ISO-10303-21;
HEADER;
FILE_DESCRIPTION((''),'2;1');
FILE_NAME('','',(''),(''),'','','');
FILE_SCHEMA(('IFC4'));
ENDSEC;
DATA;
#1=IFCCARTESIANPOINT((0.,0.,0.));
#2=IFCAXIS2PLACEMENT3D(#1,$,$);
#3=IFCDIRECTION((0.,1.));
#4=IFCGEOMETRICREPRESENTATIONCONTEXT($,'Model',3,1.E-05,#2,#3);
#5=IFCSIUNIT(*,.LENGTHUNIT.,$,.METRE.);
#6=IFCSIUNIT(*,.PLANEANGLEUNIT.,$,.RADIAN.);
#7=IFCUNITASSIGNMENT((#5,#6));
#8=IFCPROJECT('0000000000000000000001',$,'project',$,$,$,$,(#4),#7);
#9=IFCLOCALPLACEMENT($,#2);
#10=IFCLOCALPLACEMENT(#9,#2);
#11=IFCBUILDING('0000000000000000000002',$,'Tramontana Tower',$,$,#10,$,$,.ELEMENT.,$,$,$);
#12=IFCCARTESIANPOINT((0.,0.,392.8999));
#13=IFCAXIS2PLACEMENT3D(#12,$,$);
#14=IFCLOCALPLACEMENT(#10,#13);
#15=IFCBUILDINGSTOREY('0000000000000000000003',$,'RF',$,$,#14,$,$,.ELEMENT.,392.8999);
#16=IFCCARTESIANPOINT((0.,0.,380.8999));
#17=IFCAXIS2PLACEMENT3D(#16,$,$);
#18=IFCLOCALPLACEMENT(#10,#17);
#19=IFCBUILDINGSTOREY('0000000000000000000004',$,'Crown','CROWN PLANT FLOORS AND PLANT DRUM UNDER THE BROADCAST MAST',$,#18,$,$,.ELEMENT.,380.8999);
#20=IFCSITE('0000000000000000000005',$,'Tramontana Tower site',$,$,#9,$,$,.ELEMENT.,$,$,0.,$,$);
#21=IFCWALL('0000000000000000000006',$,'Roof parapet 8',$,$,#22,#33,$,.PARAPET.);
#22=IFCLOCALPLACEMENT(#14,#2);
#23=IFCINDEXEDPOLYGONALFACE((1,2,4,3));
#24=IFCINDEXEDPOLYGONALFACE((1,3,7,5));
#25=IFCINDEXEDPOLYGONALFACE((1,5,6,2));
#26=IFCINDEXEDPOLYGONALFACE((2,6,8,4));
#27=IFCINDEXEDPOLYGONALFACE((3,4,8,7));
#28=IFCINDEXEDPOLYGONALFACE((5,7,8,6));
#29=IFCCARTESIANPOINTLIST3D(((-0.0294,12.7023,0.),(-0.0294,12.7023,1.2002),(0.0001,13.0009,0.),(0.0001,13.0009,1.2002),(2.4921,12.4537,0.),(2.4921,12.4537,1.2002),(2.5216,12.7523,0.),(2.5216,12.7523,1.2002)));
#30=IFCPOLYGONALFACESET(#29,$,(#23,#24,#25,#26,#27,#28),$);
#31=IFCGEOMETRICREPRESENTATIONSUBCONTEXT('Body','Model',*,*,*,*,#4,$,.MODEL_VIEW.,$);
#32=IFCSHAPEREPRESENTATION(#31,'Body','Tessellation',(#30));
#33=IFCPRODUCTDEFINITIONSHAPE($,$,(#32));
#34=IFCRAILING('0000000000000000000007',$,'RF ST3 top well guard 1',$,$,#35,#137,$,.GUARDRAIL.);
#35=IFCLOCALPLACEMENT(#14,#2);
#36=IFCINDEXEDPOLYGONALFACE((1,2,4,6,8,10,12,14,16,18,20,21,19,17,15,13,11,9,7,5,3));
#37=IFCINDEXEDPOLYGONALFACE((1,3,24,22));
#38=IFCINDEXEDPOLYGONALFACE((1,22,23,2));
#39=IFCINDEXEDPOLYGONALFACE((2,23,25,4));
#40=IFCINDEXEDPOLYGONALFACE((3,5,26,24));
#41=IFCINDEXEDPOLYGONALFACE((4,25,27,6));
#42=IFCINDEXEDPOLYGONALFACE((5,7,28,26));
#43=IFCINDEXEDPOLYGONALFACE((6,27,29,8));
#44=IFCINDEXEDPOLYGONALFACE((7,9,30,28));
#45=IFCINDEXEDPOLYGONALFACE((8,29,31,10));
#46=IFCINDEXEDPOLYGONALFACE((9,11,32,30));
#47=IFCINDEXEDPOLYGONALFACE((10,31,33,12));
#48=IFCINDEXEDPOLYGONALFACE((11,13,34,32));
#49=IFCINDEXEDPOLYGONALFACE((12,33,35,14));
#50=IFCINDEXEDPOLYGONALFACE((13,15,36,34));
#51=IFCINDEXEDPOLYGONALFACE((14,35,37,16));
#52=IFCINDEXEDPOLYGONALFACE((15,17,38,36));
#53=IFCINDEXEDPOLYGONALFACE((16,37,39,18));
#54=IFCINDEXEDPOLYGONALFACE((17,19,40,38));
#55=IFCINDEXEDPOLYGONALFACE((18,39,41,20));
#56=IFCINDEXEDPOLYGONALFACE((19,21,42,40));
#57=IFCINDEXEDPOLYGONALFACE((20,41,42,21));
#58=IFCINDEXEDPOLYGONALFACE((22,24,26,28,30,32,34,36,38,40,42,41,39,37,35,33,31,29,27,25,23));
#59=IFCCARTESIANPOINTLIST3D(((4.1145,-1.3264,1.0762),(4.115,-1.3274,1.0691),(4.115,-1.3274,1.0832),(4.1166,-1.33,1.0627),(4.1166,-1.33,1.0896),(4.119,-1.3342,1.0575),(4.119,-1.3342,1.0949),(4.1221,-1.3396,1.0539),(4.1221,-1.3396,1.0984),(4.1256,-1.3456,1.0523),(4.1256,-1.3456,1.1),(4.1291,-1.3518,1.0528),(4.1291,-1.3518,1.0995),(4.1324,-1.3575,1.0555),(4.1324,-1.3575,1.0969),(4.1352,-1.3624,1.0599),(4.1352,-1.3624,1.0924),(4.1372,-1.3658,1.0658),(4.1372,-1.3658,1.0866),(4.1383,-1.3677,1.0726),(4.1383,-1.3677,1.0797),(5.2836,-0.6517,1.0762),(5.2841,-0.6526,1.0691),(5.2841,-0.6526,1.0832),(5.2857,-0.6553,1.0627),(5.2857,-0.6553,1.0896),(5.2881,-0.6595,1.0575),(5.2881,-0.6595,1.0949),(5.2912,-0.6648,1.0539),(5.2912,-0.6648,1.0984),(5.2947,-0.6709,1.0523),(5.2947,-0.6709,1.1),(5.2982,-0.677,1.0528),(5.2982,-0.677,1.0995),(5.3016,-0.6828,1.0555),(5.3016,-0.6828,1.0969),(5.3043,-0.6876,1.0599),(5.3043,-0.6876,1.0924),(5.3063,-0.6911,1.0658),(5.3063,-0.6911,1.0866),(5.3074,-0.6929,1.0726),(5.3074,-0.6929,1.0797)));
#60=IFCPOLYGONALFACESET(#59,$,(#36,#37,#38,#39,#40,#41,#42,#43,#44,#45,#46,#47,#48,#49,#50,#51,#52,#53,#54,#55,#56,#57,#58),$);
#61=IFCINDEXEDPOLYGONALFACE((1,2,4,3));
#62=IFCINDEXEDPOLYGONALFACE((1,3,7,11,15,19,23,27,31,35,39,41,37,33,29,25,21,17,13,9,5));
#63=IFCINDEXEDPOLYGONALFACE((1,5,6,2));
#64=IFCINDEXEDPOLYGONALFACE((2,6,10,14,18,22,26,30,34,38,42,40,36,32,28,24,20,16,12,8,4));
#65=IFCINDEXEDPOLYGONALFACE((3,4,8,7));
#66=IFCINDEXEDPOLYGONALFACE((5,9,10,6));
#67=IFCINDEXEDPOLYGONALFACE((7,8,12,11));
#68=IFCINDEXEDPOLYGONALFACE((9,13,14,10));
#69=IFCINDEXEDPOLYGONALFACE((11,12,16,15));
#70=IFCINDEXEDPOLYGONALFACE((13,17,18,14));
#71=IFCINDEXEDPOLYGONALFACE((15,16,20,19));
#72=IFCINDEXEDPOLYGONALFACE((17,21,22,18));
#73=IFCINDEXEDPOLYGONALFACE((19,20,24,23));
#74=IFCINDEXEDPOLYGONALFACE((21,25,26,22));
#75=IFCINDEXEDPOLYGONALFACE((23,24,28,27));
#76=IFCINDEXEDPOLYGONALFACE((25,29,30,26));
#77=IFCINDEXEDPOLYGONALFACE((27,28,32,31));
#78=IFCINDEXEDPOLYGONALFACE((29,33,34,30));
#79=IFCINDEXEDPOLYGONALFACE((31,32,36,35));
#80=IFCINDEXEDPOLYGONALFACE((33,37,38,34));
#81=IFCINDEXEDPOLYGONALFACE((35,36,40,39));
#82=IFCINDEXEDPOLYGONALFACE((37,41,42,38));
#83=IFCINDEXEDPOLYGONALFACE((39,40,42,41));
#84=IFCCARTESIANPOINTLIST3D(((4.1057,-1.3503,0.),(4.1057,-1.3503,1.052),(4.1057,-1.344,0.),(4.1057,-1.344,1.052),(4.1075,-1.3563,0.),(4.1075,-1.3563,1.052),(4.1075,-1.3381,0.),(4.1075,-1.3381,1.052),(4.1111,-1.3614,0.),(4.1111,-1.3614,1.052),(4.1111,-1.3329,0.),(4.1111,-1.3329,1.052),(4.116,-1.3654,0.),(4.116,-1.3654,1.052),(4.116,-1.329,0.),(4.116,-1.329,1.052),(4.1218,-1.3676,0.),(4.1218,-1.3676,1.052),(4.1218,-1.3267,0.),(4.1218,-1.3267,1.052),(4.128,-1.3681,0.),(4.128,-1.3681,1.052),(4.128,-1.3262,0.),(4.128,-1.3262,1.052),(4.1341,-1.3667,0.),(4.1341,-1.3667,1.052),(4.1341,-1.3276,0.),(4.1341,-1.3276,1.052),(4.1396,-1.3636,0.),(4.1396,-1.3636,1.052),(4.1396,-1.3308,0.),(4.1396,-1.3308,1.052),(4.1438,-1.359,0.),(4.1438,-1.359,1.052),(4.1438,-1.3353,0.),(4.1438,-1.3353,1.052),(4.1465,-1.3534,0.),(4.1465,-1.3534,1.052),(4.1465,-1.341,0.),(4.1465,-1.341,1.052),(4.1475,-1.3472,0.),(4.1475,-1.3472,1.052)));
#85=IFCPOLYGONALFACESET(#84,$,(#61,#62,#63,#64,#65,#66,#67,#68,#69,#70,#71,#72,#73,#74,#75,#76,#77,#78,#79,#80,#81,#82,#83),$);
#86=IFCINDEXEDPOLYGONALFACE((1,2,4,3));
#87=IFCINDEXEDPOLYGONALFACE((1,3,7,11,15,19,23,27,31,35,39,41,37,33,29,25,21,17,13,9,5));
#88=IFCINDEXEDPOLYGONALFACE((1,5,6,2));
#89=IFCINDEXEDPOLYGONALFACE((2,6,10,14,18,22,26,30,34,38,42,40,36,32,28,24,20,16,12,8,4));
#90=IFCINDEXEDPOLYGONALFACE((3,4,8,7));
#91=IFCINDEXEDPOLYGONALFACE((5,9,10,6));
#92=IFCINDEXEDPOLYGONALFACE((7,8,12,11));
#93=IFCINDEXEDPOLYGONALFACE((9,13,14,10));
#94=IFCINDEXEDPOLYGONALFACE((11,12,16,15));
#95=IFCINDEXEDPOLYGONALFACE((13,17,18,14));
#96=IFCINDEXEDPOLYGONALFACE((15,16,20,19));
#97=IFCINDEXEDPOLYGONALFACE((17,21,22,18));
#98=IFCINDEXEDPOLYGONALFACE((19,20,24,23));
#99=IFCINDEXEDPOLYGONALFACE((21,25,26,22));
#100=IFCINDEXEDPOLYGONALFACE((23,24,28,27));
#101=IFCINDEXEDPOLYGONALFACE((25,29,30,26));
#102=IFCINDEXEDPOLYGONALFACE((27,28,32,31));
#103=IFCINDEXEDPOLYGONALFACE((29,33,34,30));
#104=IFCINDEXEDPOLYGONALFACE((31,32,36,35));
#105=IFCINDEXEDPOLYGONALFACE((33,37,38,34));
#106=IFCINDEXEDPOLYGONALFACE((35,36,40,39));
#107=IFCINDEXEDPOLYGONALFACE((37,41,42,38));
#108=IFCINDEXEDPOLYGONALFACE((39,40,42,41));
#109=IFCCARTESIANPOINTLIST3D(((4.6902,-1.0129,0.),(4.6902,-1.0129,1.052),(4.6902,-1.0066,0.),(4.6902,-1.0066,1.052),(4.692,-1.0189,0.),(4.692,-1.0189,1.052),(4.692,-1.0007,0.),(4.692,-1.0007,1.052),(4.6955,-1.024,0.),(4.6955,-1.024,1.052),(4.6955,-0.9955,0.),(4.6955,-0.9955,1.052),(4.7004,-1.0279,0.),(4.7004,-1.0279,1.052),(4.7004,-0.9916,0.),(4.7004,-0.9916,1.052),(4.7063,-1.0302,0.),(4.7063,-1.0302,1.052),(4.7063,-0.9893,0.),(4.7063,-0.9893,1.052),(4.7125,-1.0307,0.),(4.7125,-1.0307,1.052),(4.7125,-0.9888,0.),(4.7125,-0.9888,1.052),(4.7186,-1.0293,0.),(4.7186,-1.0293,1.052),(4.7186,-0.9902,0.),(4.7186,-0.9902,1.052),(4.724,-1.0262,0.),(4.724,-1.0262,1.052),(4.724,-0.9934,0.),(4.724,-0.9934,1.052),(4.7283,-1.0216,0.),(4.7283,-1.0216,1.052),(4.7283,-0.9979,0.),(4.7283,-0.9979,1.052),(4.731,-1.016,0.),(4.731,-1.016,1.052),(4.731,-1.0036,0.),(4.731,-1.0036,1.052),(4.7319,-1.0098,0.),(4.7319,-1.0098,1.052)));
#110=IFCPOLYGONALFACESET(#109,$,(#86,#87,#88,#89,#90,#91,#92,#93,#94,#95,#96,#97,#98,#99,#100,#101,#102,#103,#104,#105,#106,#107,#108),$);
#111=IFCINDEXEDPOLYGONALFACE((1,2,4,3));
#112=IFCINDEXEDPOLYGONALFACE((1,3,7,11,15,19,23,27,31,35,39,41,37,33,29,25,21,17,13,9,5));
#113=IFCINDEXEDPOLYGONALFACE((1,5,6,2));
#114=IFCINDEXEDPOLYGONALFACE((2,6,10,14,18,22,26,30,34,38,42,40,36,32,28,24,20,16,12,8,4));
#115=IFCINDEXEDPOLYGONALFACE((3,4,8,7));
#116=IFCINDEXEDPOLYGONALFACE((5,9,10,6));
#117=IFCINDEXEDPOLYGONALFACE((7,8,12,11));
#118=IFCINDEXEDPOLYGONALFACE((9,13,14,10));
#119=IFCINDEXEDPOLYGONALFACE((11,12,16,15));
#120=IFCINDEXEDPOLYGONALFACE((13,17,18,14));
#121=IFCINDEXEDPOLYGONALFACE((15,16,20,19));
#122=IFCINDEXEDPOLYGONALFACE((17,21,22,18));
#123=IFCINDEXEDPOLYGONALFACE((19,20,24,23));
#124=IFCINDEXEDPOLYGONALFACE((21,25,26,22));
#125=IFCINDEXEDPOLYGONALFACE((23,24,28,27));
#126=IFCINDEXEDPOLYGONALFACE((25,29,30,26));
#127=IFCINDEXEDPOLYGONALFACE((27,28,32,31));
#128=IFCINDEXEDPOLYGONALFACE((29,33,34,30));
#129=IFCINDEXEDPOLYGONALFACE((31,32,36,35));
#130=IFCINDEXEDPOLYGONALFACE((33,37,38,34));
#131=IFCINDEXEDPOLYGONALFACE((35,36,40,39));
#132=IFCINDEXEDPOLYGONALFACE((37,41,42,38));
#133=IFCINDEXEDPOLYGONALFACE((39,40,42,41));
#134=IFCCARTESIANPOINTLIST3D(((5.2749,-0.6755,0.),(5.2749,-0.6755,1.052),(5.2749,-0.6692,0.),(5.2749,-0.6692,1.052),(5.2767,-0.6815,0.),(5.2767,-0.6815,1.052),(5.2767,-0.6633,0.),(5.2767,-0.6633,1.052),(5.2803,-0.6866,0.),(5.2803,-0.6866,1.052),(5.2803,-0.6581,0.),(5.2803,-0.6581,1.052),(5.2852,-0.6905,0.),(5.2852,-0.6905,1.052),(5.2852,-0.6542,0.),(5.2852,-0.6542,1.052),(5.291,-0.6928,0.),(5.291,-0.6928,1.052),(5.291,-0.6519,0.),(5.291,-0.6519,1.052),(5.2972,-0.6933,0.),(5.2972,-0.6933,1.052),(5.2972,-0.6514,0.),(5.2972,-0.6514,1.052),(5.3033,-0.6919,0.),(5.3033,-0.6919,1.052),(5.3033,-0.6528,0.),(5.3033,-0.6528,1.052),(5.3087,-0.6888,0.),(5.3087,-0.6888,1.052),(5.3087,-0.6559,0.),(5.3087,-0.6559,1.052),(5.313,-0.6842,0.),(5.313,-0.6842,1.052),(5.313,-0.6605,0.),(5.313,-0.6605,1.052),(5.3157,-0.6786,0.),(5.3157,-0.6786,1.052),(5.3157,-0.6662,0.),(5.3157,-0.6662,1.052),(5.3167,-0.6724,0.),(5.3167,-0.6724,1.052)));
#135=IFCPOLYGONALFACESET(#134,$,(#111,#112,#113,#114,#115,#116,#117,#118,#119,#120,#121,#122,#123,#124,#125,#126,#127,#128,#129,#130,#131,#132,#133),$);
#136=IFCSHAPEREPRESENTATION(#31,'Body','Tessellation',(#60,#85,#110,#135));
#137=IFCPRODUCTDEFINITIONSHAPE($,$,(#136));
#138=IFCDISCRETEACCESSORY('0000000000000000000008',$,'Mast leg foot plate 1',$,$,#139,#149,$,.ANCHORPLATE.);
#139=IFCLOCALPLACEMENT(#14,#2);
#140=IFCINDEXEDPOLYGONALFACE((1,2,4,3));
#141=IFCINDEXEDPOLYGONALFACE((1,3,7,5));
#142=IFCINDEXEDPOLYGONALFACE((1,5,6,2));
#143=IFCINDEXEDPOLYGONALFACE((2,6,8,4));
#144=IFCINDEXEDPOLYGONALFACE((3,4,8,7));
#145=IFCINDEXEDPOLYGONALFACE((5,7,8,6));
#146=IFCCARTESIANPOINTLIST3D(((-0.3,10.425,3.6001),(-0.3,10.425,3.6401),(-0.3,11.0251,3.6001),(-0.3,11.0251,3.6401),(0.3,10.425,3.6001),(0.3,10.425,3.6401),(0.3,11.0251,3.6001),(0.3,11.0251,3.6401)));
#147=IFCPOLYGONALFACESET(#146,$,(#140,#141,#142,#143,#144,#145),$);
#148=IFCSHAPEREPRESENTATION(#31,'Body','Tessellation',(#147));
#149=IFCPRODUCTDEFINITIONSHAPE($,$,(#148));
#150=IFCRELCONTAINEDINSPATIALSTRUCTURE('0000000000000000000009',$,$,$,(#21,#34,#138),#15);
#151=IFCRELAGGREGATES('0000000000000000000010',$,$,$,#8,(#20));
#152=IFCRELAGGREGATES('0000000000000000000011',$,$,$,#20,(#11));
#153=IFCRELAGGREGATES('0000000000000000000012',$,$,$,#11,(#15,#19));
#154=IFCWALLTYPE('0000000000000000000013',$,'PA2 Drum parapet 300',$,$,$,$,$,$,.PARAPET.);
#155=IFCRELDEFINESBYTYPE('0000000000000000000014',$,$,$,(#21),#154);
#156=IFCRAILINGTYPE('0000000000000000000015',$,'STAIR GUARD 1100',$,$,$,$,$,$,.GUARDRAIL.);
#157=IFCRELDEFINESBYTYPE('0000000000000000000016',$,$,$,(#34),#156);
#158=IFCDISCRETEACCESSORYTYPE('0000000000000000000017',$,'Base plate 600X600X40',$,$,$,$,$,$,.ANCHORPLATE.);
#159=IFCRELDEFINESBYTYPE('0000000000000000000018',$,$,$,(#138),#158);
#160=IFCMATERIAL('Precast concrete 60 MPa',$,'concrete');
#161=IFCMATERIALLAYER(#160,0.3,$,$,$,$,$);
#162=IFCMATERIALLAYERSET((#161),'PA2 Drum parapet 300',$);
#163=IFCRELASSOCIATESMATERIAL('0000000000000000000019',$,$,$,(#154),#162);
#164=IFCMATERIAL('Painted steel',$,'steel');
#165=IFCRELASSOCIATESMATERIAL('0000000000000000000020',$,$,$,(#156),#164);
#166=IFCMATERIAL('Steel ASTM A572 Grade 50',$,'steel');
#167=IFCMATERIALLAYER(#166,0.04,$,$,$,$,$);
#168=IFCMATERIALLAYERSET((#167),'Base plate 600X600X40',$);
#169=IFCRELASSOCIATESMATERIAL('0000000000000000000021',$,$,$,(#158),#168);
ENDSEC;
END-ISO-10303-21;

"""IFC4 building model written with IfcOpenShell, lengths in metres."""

from ifc_helpers import new_model, si_unit, direction, frame, frame_2d, origin, origin_2d, place, context, subcontext, project, spatial, rectangle, circle, extrude, material, layer, layer_set, type_object, element, save


model = new_model("IFC4")

# Units and contexts
model_context = context("Model", 3, precision=1e-05, world=origin(), true_north=direction((0.0, 1.0)))
body_context = subcontext(model_context, "Body", "Model", "MODEL_VIEW")
ifc_project = project(units=[si_unit("LENGTHUNIT", "METRE"), si_unit("PLANEANGLEUNIT", "RADIAN")], contexts=[model_context])

# Site, building, storey
site_placement = place(None, origin())
site = spatial("IfcSite", under=ifc_project, at=site_placement, Name="Tramontana Tower site", CompositionType="ELEMENT", RefElevation=0.0)
building_placement = place(site_placement, origin())
building = spatial("IfcBuilding", under=site, at=building_placement, Name="Tramontana Tower", CompositionType="ELEMENT")
storey_1_placement = place(building_placement, frame((0.0, 0.0, 392.8999)))
storey_1 = spatial("IfcBuildingStorey", under=building, at=storey_1_placement, Name="RF", CompositionType="ELEMENT", Elevation=392.8999)

# Shared definitions
storey_2_placement = place(building_placement, frame((0.0, 0.0, 380.8999)))
storey_2 = spatial("IfcBuildingStorey", under=building, at=storey_2_placement, Name="Crown", Description="CROWN PLANT FLOORS AND PLANT DRUM UNDER THE BROADCAST MAST", CompositionType="ELEMENT", Elevation=380.8999)

# Wall
ifc_material_1 = material(Name="Precast concrete 60 MPa", Category="concrete")
ifc_layer_1 = layer(ifc_material_1, 0.3)
ifc_layer_set_1 = layer_set([ifc_layer_1], Name="PA2 Drum parapet 300")
wall_type_1 = type_object("IfcWallType", Name="PA2 Drum parapet 300", PredefinedType="PARAPET", material=ifc_layer_set_1)
wall_1_placement = place(storey_1_placement, frame((2.5068, 12.603, 0.0), z_axis=(0.0, 0.0, 1.0), x_axis=(-0.995177, 0.098092, 0.0)))
element("IfcWall", 1, at=wall_1_placement, inside=storey_1, type_object=wall_type_1, Name="Roof parapet 8", PredefinedType="PARAPET", context=body_context, shape_type="SweptSolid", body=[
    extrude(rectangle(XDim=2.5337, YDim=0.3, at=frame_2d((1.2668, 0.0))), origin(), (0.0, 0.0, 1.0), 1.2002),
])

# Railing
ifc_material_2 = material(Name="Painted steel", Category="steel")
railing_type = type_object("IfcRailingType", Name="STAIR GUARD 1100", PredefinedType="GUARDRAIL", material=ifc_material_2)
railing_1_placement = place(storey_1_placement, frame((4.1265, -1.3472, 0.0)))
element("IfcRailing", 2, at=railing_1_placement, inside=storey_1, type_object=railing_type, Name="RF ST3 top well guard 1", PredefinedType="GUARDRAIL", context=body_context, shape_type="SweptSolid", body=[
    extrude(circle(Radius=0.0239, at=origin_2d()), frame((0.0, 0.0, 1.0762), z_axis=(0.866098, 0.499874, 0.0), x_axis=(-0.499874, 0.866098, 0.0)), (0.0, 0.0, 1.0), 1.3499),
    extrude(circle(Radius=0.021, at=origin_2d()), origin(), (0.0, 0.0, 1.0), 1.052),
    extrude(circle(Radius=0.021, at=origin_2d()), frame((0.5845, 0.3374, 0.0)), (0.0, 0.0, 1.0), 1.052),
    extrude(circle(Radius=0.021, at=origin_2d()), frame((1.1692, 0.6748, 0.0)), (0.0, 0.0, 1.0), 1.052),
])

# Discrete accessory
ifc_material_3 = material(Name="Steel ASTM A572 Grade 50", Category="steel")
ifc_layer_2 = layer(ifc_material_3, 0.04)
ifc_layer_set_2 = layer_set([ifc_layer_2], Name="Base plate 600X600X40")
discrete_accessory_type = type_object("IfcDiscreteAccessoryType", Name="Base plate 600X600X40", PredefinedType="ANCHORPLATE", material=ifc_layer_set_2)
discrete_accessory_placement = place(storey_1_placement, frame((0.0, 10.7251, 3.6001), z_axis=(0.0, 0.0, 1.0), x_axis=(0.0, 1.0, 0.0)))
element("IfcDiscreteAccessory", 3, at=discrete_accessory_placement, inside=storey_1, type_object=discrete_accessory_type, Name="Mast leg foot plate 1", PredefinedType="ANCHORPLATE", context=body_context, shape_type="SweptSolid", body=[
    extrude(rectangle(XDim=0.6001, YDim=0.6001, at=origin_2d()), origin(), (0.0, 0.0, 1.0), 0.04),
])

save(model, "model.ifc")
